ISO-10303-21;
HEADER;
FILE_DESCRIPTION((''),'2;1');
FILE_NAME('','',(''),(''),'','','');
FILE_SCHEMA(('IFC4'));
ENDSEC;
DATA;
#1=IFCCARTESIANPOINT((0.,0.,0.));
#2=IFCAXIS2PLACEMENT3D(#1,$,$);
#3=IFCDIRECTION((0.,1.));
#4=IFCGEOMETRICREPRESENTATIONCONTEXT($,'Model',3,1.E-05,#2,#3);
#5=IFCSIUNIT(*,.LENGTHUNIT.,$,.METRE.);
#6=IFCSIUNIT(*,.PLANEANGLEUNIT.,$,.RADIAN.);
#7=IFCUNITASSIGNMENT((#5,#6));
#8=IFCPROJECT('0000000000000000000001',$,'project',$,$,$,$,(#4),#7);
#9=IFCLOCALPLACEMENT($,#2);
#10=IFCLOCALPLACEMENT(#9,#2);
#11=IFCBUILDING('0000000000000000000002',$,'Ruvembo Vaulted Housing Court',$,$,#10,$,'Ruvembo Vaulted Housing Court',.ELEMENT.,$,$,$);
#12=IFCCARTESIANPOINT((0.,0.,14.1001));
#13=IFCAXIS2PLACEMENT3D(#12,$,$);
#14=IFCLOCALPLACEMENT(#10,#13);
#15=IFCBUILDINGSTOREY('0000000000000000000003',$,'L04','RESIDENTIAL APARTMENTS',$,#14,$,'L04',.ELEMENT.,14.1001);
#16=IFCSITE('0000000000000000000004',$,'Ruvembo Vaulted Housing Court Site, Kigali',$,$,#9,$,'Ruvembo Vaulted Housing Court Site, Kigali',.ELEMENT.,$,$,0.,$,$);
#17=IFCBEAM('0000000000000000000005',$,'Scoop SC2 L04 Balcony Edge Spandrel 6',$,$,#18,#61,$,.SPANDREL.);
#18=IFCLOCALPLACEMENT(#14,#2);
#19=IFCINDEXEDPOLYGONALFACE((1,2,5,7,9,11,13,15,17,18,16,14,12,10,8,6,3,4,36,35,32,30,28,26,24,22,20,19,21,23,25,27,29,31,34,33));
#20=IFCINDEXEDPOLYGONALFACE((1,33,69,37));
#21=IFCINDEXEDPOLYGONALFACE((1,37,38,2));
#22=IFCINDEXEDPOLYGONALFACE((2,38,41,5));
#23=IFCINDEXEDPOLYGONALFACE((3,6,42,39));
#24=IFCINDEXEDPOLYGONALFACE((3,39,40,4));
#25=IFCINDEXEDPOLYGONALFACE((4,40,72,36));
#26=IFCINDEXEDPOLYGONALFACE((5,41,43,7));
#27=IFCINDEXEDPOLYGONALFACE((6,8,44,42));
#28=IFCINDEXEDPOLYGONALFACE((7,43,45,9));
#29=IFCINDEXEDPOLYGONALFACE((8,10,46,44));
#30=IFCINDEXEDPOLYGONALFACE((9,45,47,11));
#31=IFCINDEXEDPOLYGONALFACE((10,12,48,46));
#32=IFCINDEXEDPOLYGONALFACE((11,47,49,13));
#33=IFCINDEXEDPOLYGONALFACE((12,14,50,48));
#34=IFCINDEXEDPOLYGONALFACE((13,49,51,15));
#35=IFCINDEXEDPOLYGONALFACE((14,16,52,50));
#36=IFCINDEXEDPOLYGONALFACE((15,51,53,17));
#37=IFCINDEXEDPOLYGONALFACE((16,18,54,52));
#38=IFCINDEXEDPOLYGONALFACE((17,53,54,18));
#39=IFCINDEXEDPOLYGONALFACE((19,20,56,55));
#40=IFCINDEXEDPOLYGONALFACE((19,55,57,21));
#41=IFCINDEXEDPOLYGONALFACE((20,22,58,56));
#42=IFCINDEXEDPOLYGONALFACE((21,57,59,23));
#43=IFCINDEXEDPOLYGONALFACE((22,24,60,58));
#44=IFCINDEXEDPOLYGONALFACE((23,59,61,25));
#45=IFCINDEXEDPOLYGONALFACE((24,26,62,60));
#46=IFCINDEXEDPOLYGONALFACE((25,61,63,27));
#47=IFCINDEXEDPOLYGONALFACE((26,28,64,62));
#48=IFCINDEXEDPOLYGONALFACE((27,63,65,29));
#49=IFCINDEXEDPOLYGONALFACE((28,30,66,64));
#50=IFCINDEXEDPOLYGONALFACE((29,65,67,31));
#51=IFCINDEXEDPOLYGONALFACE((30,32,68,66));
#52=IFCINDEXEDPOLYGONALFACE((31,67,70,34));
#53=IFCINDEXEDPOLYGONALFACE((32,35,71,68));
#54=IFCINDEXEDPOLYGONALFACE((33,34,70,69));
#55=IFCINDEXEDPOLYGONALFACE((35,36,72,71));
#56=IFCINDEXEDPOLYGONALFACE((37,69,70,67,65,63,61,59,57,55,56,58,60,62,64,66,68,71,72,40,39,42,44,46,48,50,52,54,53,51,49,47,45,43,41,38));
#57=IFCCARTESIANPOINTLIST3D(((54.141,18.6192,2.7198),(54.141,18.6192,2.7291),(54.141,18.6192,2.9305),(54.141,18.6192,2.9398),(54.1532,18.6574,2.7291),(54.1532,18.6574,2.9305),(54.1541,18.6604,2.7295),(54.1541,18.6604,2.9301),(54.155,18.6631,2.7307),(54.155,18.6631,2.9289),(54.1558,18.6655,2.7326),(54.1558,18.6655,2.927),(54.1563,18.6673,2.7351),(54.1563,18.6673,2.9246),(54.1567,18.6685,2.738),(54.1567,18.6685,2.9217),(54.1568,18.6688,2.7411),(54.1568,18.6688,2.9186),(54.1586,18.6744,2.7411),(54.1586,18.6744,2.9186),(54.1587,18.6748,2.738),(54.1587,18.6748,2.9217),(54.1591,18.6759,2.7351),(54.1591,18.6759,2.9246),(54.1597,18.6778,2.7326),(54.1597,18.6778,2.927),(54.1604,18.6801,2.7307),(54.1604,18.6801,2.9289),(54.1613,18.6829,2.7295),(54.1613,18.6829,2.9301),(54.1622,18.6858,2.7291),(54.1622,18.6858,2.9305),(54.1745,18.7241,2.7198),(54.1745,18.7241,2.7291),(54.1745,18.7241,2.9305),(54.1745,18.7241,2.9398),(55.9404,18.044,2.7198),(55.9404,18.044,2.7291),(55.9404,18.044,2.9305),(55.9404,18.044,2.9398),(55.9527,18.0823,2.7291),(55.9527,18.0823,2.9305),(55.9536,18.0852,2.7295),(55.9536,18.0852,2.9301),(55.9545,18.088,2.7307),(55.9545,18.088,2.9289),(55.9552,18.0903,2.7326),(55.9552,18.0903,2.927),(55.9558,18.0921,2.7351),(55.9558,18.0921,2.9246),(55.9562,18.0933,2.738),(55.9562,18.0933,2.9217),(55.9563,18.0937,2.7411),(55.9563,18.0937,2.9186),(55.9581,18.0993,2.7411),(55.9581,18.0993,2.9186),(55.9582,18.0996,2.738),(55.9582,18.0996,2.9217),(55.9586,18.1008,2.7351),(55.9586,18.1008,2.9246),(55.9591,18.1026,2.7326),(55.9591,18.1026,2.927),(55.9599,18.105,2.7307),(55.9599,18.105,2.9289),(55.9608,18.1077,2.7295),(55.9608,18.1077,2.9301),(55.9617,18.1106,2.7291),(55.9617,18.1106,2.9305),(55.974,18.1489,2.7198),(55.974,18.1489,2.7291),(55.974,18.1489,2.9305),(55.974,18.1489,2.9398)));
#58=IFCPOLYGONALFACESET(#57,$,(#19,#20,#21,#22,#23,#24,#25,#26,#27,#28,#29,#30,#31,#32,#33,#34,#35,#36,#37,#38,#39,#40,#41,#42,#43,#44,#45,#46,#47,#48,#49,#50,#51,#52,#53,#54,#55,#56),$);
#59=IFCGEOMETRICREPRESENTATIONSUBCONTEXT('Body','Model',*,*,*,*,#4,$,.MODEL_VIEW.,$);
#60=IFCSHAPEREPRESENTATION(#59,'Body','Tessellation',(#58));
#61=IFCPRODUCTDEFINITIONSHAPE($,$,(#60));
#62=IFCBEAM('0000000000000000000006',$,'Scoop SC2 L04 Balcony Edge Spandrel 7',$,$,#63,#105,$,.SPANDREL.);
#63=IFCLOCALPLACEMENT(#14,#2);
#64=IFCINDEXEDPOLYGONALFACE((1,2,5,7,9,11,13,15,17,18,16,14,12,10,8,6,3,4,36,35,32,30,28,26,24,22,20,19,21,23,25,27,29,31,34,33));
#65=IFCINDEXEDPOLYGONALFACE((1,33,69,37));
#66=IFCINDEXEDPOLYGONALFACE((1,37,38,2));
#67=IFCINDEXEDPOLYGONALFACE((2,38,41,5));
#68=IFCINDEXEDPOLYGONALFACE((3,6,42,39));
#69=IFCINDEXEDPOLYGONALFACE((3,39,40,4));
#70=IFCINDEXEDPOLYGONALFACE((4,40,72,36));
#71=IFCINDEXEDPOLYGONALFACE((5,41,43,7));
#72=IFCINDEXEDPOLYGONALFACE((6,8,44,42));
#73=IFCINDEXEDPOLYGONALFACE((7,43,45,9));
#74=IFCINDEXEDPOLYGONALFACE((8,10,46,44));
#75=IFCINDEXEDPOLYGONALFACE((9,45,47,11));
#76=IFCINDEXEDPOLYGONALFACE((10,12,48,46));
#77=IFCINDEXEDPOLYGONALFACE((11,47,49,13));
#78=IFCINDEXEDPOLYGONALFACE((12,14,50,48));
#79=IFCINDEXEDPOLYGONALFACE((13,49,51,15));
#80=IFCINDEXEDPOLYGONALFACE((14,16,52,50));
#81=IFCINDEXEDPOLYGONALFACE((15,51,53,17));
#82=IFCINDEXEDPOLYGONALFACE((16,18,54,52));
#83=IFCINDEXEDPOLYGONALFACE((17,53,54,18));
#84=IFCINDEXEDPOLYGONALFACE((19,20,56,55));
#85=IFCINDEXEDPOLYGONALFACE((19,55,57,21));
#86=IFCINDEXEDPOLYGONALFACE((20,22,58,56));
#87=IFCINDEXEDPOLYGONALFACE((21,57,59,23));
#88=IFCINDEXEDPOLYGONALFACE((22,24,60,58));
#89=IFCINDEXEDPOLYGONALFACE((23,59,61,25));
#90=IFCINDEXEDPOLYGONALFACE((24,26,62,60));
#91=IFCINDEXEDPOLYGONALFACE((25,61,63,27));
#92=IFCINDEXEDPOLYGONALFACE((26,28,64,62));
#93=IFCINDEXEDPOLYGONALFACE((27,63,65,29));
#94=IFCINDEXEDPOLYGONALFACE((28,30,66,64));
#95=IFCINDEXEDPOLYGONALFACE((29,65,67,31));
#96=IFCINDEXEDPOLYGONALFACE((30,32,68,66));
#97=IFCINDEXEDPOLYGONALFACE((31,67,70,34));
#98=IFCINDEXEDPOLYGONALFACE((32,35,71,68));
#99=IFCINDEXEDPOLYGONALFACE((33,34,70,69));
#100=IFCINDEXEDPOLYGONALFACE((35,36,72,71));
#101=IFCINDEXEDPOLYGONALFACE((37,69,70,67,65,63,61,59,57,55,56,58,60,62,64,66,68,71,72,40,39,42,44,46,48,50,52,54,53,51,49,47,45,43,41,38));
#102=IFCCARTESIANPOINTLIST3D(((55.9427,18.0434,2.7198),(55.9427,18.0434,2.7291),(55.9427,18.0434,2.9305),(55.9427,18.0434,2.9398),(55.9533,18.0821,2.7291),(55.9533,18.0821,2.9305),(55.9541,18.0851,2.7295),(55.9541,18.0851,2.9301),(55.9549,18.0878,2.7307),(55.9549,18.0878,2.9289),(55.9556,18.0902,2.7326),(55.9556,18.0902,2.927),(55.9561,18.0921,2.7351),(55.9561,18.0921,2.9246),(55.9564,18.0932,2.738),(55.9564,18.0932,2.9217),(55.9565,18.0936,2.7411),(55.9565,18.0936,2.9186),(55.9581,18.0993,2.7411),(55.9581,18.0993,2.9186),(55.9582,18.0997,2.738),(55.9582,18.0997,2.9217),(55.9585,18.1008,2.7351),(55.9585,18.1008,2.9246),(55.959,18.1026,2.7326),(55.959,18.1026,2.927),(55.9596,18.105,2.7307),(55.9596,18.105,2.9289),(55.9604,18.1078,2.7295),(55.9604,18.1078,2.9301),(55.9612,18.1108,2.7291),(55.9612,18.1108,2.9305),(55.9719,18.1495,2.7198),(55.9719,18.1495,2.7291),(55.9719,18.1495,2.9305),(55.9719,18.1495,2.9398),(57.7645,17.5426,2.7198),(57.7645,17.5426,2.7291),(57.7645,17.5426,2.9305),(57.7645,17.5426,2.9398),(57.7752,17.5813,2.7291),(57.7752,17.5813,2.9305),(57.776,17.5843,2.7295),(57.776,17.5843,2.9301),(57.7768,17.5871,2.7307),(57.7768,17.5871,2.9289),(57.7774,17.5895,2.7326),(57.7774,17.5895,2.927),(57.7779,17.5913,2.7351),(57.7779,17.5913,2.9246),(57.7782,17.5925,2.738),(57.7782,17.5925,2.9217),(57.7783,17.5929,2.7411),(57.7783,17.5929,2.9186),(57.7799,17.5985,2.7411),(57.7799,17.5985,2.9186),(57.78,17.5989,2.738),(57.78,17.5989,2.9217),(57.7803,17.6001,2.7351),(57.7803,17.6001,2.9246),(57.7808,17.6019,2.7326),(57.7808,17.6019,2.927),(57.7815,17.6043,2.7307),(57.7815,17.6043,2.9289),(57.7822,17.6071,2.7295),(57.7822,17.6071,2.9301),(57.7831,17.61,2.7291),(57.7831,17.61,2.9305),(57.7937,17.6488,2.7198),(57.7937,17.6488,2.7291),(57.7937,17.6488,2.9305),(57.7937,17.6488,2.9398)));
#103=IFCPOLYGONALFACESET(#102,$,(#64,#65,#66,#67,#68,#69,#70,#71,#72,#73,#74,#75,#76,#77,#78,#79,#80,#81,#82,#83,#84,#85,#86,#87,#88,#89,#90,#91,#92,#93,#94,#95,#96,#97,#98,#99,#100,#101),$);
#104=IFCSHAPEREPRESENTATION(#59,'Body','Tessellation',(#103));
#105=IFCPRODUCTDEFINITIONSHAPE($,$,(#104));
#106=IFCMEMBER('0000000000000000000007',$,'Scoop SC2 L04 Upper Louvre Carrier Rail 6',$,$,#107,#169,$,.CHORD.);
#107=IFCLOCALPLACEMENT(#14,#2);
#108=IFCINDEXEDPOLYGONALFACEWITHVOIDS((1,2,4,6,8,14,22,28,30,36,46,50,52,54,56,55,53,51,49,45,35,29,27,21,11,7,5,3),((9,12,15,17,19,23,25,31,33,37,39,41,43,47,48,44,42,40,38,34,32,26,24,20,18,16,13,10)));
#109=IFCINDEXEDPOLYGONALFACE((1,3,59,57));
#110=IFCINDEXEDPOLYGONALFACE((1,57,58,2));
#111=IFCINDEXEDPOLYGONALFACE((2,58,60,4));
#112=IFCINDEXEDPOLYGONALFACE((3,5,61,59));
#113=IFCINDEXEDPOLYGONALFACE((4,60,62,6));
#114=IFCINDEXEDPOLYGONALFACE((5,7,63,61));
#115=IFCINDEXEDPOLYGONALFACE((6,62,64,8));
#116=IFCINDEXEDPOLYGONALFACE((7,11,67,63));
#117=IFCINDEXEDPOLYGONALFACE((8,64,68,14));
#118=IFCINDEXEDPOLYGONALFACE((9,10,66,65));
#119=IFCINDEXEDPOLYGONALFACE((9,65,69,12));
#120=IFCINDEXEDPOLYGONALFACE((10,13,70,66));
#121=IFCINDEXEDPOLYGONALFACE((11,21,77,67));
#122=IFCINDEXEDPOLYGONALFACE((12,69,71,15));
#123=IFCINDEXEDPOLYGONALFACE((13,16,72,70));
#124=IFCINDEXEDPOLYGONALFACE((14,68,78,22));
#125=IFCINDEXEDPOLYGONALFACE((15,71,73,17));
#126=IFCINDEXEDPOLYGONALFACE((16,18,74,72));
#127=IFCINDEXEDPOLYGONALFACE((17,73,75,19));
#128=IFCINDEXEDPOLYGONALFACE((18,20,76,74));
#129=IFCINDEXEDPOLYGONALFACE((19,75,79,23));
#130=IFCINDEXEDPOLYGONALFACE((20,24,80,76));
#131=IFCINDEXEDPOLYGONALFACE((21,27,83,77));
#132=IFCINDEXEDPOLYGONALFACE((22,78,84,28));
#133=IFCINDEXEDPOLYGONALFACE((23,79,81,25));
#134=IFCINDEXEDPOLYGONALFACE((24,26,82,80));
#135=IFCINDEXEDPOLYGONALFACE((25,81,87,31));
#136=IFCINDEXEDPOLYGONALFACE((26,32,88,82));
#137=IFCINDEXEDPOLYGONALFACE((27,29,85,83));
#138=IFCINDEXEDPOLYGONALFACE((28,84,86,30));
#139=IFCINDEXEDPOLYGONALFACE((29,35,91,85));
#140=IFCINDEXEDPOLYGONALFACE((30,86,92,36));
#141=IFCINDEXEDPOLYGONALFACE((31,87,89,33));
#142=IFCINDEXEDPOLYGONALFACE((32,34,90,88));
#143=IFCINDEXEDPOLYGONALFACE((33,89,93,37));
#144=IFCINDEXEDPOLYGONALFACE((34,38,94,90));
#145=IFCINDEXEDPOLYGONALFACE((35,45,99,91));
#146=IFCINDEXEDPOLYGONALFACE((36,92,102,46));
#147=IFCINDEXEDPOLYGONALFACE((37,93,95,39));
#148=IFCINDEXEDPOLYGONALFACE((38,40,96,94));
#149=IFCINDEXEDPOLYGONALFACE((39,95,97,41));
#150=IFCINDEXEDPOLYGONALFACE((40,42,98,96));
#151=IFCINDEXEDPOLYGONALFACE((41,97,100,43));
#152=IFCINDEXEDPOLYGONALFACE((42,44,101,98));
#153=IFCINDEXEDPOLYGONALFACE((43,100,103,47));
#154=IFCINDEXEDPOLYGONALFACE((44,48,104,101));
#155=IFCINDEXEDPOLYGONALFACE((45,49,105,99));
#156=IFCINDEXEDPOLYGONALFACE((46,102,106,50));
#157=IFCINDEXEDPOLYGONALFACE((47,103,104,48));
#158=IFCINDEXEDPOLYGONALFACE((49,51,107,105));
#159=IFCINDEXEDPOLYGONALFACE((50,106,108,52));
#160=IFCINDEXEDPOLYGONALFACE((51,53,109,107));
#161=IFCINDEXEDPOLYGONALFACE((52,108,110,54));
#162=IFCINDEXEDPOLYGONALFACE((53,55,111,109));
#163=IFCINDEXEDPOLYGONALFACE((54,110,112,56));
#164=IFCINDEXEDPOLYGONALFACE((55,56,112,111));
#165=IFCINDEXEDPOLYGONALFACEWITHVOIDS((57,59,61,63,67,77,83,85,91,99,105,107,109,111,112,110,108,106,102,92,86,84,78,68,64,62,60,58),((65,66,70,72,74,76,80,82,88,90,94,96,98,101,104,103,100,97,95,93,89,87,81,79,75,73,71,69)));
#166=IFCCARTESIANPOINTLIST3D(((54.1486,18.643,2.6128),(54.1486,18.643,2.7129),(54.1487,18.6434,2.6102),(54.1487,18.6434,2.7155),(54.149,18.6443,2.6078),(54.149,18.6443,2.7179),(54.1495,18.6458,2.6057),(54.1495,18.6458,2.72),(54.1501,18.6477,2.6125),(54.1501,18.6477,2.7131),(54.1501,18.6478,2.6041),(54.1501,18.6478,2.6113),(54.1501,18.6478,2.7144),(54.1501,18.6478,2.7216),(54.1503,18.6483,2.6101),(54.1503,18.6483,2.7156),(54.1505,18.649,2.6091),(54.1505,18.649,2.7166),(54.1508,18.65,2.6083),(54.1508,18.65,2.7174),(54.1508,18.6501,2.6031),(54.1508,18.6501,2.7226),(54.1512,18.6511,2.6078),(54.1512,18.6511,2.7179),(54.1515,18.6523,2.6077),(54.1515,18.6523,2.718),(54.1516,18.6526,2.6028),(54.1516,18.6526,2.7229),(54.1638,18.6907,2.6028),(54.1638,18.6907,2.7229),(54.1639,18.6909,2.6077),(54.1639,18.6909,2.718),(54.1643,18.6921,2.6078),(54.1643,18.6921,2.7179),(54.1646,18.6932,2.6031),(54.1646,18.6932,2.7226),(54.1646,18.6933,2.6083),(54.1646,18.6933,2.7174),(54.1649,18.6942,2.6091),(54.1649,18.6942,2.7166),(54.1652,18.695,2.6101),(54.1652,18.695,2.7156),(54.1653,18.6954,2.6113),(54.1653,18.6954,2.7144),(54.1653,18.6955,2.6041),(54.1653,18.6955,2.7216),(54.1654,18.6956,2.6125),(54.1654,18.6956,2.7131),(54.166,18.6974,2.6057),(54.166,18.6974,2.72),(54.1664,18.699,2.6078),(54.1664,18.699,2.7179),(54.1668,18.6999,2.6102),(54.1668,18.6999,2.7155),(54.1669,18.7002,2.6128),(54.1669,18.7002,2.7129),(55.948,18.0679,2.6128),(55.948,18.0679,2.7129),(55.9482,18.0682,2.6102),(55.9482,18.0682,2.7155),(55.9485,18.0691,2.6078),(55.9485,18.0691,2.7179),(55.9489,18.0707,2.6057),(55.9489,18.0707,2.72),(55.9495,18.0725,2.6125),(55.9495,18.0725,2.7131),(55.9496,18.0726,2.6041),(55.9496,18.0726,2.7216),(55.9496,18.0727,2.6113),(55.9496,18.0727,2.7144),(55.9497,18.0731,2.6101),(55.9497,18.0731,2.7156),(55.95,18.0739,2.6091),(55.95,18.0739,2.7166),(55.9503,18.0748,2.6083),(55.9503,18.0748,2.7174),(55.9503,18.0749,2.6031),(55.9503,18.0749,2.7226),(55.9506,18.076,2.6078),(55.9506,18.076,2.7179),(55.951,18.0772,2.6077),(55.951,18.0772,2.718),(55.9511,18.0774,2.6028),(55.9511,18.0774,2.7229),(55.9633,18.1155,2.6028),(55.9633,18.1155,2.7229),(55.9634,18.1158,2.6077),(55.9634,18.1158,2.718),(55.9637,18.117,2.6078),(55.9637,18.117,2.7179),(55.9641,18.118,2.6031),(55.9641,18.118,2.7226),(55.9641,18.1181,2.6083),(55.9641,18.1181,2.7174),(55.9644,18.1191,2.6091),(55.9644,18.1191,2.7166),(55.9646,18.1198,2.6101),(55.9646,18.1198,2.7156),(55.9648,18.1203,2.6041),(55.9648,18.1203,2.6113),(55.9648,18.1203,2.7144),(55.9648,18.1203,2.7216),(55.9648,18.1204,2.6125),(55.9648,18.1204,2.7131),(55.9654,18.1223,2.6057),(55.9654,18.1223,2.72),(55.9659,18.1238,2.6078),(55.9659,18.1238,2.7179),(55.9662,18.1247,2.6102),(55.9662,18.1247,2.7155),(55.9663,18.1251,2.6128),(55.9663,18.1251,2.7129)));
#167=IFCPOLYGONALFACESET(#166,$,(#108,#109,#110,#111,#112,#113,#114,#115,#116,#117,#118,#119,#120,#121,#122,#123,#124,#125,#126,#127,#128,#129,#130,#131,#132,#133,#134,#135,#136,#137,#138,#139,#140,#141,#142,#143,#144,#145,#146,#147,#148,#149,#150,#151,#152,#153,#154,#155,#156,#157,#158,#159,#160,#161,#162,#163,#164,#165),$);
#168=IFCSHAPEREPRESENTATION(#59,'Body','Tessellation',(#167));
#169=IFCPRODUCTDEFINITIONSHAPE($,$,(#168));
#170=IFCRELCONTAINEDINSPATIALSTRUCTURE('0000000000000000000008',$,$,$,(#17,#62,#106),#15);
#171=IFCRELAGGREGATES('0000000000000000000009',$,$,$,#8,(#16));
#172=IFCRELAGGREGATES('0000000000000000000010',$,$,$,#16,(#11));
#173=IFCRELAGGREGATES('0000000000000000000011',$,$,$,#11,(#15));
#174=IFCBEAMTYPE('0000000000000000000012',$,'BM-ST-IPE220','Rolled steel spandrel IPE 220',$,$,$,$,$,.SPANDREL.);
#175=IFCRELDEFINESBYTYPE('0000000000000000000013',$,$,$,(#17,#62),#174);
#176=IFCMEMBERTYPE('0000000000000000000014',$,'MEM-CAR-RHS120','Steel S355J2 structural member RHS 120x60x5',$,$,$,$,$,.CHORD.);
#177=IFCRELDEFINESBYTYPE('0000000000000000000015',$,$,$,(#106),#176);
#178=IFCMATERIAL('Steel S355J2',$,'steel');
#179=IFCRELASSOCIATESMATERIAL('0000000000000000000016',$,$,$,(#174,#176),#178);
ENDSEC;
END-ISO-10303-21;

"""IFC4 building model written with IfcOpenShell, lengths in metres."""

from ifc_helpers import new_model, si_unit, direction, frame, origin, origin_2d, place, context, subcontext, project, spatial, hollow_rectangle, i_section, extrude, material, material_profile, profile_set, type_object, element, save


model = new_model("IFC4")

# Units and contexts
model_context = context("Model", 3, precision=1e-05, world=origin(), true_north=direction((0.0, 1.0)))
body_context = subcontext(model_context, "Body", "Model", "MODEL_VIEW")
ifc_project = project(units=[si_unit("LENGTHUNIT", "METRE"), si_unit("PLANEANGLEUNIT", "RADIAN")], contexts=[model_context])

# Site, building, storey
site_placement = place(None, origin())
site = spatial("IfcSite", under=ifc_project, at=site_placement, Name="Ruvembo Vaulted Housing Court Site, Kigali", LongName="Ruvembo Vaulted Housing Court Site, Kigali", CompositionType="ELEMENT", RefElevation=0.0)
building_placement = place(site_placement, origin())
building = spatial("IfcBuilding", under=site, at=building_placement, Name="Ruvembo Vaulted Housing Court", LongName="Ruvembo Vaulted Housing Court", CompositionType="ELEMENT")
storey_placement = place(building_placement, frame((0.0, 0.0, 14.1001)))
storey = spatial("IfcBuildingStorey", under=building, at=storey_placement, Name="L04", Description="RESIDENTIAL APARTMENTS", LongName="L04", CompositionType="ELEMENT", Elevation=14.1001)

# Beams
ifc_material_1 = material(Name="Steel S355J2", Category="steel")
ifc_material_profile_1 = material_profile(ifc_material_1, i_section(OverallWidth=0.1101, OverallDepth=0.22, WebThickness=0.0059, FlangeThickness=0.0093, FilletRadius=0.012, at=origin_2d()), Name="IPE 220")
ifc_profile_set_1 = profile_set([ifc_material_profile_1], Name="Steel S355J2")
beam_type = type_object("IfcBeamType", Name="BM-ST-IPE220", Description="Rolled steel spandrel IPE 220", PredefinedType="SPANDREL", material=ifc_profile_set_1)
beam_1_placement = place(storey_placement, frame((54.1577, 18.6716, 2.8298), z_axis=(0.952526, -0.304457, 0.0), x_axis=(0.304457, 0.952526, 0.0)))
element("IfcBeam", 1, at=beam_1_placement, inside=storey, type_object=beam_type, Name="Scoop SC2 L04 Balcony Edge Spandrel 6", PredefinedType="SPANDREL", context=body_context, shape_type="SweptSolid", body=[
    extrude(i_section(OverallWidth=0.1101, OverallDepth=0.22, WebThickness=0.0059, FlangeThickness=0.0093, FilletRadius=0.012, at=origin_2d()), origin(), (0.0, 0.0, 1.0), 1.8892),
])
beam_2_placement = place(storey_placement, frame((55.9573, 18.0964, 2.8298), z_axis=(0.96424, -0.26503, 0.0), x_axis=(0.26503, 0.96424, 0.0)))
element("IfcBeam", 2, at=beam_2_placement, inside=storey, type_object=beam_type, Name="Scoop SC2 L04 Balcony Edge Spandrel 7", PredefinedType="SPANDREL", context=body_context, shape_type="SweptSolid", body=[
    extrude(i_section(OverallWidth=0.1101, OverallDepth=0.22, WebThickness=0.0059, FlangeThickness=0.0093, FilletRadius=0.012, at=origin_2d()), origin(), (0.0, 0.0, 1.0), 1.8894),
])

# Member
ifc_material_profile_2 = material_profile(ifc_material_1, hollow_rectangle(XDim=0.0601, YDim=0.1201, WallThickness=0.0049, InnerFilletRadius=0.0049, OuterFilletRadius=0.01, at=origin_2d()), Name="RHS 120x60x5")
ifc_profile_set_2 = profile_set([ifc_material_profile_2], Name="Steel S355J2")
member_type_1 = type_object("IfcMemberType", Name="MEM-CAR-RHS120", Description="Steel S355J2 structural member RHS 120x60x5", PredefinedType="CHORD", material=ifc_profile_set_2)
member_1_placement = place(storey_placement, frame((54.1577, 18.6716, 2.6628), z_axis=(0.952526, -0.304457, 0.0), x_axis=(0.304457, 0.952526, 0.0)))
element("IfcMember", 3, at=member_1_placement, inside=storey, type_object=member_type_1, Name="Scoop SC2 L04 Upper Louvre Carrier Rail 6", PredefinedType="CHORD", context=body_context, shape_type="SweptSolid", body=[
    extrude(hollow_rectangle(XDim=0.0601, YDim=0.1201, WallThickness=0.0049, InnerFilletRadius=0.0049, OuterFilletRadius=0.01, at=origin_2d()), origin(), (0.0, 0.0, 1.0), 1.8892),
])

save(model, "model.ifc")
